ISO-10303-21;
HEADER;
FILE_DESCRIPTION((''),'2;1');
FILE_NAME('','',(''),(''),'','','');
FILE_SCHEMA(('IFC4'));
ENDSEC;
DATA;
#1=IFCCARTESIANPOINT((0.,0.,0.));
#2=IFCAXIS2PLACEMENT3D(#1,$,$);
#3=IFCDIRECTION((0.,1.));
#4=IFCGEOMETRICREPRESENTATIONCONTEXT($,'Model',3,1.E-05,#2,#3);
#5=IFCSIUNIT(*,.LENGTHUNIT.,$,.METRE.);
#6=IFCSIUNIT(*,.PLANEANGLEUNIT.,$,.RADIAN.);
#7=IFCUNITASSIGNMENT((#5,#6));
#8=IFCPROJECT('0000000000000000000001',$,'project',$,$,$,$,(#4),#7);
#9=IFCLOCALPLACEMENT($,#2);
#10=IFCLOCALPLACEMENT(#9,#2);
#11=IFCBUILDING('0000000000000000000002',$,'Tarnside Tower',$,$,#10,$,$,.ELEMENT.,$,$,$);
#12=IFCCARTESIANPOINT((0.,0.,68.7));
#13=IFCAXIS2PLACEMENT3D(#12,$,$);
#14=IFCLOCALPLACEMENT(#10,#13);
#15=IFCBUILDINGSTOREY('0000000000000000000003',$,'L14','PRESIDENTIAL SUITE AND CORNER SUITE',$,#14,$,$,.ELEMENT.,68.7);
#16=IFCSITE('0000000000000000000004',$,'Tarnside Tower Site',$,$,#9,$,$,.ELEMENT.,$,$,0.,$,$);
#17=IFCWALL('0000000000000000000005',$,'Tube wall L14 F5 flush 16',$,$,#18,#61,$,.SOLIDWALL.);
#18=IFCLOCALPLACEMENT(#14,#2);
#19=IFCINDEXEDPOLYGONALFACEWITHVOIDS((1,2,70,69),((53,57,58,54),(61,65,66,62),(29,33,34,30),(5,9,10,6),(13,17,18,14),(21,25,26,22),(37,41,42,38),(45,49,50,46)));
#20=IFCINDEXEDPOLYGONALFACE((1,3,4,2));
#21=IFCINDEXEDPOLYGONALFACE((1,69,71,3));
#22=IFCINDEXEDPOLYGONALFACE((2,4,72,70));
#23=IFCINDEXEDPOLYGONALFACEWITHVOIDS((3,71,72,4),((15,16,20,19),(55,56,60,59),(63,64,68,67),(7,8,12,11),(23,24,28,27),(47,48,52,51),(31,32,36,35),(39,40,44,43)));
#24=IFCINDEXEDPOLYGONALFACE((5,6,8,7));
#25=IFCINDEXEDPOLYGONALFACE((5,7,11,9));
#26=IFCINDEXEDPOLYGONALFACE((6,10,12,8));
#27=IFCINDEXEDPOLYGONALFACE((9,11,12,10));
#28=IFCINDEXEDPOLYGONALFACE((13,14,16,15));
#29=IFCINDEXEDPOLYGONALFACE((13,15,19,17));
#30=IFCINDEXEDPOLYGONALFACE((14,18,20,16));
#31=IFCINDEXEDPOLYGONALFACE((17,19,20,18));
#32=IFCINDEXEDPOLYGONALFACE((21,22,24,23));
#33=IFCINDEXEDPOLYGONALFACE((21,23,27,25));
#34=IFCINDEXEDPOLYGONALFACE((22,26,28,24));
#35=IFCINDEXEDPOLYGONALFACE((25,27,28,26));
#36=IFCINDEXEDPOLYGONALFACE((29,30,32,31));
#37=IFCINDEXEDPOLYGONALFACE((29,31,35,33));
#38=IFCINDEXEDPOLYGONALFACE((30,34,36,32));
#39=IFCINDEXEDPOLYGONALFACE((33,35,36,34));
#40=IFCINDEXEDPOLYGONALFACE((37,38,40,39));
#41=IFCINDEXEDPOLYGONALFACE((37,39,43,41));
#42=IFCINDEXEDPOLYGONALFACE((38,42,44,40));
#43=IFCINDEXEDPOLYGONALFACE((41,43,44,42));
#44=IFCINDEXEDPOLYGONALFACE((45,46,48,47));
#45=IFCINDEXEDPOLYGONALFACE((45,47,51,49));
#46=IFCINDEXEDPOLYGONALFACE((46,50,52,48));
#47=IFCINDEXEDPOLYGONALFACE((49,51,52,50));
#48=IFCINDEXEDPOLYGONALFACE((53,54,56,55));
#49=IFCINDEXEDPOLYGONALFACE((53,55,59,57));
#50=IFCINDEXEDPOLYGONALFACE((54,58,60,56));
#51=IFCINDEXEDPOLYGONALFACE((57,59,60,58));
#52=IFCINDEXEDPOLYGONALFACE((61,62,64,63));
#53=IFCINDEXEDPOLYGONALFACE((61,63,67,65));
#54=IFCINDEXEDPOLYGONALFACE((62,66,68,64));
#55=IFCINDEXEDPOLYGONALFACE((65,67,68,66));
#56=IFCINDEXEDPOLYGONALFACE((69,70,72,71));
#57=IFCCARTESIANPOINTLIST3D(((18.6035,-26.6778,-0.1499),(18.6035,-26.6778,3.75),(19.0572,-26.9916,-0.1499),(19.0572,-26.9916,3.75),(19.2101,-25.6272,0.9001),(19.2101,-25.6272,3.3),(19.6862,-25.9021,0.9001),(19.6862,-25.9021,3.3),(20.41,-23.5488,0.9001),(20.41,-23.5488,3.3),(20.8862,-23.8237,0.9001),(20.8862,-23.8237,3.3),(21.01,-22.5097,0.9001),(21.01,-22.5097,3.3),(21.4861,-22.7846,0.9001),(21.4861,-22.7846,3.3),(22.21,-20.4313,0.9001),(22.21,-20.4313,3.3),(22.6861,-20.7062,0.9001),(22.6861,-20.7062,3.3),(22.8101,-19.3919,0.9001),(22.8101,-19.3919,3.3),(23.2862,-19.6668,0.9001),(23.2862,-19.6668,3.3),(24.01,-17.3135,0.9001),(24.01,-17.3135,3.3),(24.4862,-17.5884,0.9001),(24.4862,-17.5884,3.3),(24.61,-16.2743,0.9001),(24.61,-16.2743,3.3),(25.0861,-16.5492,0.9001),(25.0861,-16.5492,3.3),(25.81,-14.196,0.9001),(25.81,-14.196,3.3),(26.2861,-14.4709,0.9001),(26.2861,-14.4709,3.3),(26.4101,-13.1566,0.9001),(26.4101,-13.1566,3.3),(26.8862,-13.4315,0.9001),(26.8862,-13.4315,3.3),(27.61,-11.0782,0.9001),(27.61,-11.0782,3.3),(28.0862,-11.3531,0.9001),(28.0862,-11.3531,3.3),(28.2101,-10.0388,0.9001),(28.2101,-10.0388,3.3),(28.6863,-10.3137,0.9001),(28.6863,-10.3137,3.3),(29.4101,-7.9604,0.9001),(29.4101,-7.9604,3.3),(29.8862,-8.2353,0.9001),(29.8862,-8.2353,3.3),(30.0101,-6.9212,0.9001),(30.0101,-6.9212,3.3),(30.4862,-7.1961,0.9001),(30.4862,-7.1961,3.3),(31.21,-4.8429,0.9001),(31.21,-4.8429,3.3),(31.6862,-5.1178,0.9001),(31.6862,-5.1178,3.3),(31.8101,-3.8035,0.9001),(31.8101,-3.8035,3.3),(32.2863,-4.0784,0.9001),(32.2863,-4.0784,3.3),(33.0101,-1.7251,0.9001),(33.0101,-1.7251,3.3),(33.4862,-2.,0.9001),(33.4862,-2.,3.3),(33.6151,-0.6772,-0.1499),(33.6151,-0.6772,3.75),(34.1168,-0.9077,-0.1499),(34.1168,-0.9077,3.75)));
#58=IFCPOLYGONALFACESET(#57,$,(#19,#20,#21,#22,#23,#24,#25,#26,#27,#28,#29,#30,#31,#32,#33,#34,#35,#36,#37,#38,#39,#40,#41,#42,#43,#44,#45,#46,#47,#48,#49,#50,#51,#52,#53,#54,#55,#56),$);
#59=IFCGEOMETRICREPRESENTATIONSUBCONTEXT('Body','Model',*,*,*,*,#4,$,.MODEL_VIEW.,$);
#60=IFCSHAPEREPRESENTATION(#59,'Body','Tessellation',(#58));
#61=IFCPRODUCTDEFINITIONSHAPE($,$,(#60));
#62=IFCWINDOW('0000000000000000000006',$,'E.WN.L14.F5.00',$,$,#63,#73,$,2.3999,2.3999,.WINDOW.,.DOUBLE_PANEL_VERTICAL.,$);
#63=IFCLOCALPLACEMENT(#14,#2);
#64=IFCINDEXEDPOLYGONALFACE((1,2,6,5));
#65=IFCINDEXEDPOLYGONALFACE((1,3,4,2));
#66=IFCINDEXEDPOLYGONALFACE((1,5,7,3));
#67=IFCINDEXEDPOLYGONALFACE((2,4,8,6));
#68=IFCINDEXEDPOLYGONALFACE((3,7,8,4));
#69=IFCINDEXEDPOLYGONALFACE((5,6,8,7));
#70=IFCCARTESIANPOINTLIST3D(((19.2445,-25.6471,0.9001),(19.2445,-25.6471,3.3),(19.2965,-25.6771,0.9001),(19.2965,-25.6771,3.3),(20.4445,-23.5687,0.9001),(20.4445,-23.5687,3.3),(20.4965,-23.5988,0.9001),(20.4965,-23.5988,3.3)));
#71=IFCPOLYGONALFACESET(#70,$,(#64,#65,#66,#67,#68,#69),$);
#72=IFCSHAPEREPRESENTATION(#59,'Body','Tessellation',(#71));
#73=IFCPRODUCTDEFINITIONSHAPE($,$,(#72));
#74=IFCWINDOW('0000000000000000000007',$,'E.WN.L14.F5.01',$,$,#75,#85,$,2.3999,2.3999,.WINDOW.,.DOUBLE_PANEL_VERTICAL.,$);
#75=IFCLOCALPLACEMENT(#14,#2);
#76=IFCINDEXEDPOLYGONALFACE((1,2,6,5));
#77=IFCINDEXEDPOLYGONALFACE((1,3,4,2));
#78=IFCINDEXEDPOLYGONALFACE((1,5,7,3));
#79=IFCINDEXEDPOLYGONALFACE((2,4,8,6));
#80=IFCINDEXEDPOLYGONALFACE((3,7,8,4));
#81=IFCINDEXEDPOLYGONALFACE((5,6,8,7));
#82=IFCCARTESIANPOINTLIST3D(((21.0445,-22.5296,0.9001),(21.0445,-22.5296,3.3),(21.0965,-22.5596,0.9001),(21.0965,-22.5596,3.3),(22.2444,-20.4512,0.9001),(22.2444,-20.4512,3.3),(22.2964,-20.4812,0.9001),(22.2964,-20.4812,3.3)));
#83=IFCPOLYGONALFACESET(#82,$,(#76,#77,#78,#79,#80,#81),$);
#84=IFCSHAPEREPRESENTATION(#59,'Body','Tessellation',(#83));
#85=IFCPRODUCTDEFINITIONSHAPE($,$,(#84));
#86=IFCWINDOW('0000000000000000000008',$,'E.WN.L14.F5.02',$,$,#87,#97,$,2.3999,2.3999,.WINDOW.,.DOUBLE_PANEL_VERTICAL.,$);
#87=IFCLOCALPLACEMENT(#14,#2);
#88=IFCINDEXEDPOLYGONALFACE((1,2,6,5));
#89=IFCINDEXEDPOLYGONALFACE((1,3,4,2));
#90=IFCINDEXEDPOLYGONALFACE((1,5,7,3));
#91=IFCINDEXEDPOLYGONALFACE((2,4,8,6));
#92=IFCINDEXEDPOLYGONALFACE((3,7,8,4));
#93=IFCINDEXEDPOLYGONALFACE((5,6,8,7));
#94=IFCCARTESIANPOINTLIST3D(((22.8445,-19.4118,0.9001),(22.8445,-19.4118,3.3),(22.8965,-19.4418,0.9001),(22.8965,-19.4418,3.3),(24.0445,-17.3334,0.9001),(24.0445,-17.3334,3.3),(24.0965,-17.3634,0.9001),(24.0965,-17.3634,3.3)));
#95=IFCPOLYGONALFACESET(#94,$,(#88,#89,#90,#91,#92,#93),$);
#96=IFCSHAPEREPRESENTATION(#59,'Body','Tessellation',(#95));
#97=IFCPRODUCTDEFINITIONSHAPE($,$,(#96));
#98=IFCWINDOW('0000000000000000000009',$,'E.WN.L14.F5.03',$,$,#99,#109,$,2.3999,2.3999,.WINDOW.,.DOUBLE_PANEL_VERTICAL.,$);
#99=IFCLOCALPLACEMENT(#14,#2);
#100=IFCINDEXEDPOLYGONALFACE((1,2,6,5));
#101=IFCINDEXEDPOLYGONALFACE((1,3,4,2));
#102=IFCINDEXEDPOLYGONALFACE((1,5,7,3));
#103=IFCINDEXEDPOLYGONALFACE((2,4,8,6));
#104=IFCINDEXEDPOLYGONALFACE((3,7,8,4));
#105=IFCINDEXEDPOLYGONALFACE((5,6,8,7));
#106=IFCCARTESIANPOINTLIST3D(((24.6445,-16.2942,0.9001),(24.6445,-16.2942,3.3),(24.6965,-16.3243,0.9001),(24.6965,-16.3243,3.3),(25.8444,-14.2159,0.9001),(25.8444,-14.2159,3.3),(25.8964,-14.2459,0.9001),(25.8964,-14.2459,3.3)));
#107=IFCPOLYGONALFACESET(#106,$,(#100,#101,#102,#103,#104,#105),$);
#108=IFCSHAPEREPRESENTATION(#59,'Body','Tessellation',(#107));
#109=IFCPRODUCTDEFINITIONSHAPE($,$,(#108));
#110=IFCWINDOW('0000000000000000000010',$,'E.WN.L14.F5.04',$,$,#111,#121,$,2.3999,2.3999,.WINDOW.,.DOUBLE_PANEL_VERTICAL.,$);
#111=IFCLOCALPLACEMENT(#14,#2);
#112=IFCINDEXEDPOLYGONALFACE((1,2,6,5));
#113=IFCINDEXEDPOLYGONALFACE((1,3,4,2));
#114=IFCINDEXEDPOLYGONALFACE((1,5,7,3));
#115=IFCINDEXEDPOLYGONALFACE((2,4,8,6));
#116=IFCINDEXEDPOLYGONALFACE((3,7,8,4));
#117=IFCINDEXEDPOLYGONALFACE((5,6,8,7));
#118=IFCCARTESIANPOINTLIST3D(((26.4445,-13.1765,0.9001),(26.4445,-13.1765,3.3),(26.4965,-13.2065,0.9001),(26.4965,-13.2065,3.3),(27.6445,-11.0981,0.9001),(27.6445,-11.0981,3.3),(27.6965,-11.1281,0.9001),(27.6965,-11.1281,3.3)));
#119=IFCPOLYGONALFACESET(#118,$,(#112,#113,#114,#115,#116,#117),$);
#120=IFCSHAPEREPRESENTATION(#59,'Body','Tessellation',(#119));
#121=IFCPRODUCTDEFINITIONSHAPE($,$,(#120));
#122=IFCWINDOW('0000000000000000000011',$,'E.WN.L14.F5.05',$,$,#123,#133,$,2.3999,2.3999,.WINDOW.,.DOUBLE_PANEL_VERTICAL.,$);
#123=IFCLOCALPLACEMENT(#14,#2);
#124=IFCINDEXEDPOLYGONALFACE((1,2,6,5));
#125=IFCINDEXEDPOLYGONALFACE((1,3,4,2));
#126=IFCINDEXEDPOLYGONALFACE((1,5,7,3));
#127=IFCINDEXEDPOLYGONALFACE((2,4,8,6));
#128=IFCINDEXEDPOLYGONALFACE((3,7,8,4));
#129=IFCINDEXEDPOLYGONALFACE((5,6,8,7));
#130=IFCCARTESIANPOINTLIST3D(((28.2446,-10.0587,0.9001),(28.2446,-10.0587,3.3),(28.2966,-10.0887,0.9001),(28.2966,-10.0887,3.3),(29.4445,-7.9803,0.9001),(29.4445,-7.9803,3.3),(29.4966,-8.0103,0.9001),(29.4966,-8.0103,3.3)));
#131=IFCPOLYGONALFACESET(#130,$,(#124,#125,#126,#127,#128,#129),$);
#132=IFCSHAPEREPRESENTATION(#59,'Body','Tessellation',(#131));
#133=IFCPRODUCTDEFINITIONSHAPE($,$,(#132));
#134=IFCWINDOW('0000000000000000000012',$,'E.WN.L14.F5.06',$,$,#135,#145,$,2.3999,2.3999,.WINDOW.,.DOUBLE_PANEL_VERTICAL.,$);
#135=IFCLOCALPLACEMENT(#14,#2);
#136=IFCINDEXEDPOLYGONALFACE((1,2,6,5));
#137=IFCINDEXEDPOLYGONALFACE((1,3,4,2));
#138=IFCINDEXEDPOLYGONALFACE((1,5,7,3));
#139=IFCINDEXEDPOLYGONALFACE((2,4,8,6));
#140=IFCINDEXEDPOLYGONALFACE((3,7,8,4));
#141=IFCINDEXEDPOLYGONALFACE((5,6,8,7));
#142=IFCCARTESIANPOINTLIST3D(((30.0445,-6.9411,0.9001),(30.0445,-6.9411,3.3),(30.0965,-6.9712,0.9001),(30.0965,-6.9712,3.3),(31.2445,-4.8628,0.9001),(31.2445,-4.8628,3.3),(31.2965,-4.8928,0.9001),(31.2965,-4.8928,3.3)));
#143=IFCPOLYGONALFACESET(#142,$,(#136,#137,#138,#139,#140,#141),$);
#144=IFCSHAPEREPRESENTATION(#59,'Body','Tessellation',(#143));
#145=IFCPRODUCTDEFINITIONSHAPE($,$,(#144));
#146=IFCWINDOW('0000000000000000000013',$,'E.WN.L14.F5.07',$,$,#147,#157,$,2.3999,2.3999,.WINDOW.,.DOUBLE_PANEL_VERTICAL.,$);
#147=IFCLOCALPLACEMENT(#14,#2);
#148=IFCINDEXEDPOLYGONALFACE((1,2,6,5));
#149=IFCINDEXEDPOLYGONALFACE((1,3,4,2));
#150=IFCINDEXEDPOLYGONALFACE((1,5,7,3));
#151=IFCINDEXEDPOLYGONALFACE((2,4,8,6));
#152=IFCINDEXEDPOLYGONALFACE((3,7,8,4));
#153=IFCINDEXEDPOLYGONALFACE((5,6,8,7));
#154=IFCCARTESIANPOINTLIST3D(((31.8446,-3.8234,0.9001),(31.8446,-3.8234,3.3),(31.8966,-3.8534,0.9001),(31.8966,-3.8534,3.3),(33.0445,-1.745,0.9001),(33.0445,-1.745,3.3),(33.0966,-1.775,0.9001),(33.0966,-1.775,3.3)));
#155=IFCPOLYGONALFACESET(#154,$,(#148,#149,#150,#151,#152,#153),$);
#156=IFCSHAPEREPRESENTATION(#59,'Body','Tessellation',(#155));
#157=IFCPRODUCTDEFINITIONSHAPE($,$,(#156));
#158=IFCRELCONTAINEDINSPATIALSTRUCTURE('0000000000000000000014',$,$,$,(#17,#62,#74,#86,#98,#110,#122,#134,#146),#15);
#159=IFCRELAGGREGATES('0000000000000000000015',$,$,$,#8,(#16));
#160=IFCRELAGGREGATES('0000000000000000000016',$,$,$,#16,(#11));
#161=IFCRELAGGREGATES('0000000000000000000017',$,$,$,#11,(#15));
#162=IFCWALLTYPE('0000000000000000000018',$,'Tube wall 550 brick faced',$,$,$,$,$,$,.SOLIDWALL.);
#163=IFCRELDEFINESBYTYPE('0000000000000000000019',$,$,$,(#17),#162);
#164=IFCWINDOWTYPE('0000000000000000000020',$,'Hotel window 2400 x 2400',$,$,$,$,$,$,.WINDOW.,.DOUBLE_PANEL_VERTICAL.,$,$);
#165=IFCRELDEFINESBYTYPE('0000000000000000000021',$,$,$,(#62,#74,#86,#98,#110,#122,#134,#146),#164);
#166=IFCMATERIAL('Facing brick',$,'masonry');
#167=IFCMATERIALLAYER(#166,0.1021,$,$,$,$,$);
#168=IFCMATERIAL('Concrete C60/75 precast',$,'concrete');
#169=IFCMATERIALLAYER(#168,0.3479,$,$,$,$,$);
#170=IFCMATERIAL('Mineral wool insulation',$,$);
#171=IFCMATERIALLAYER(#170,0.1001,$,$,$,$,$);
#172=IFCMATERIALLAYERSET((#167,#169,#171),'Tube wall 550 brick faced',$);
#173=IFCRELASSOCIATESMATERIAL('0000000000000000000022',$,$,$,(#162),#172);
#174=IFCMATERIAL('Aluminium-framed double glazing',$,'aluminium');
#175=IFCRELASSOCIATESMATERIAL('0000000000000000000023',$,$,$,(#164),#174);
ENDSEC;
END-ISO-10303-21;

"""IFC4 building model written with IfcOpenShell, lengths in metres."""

from ifc_helpers import new_model, si_unit, direction, frame, frame_2d, origin, place, context, subcontext, project, spatial, polyline, rectangle, outline, extrude, material, layer, layer_set, type_object, element, fill, save


model = new_model("IFC4")

# Units and contexts
model_context = context("Model", 3, precision=1e-05, world=origin(), true_north=direction((0.0, 1.0)))
body_context = subcontext(model_context, "Body", "Model", "MODEL_VIEW")
ifc_project = project(units=[si_unit("LENGTHUNIT", "METRE"), si_unit("PLANEANGLEUNIT", "RADIAN")], contexts=[model_context])

# Site, building, storey
site_placement = place(None, origin())
site = spatial("IfcSite", under=ifc_project, at=site_placement, Name="Tarnside Tower Site", CompositionType="ELEMENT", RefElevation=0.0)
building_placement = place(site_placement, origin())
building = spatial("IfcBuilding", under=site, at=building_placement, Name="Tarnside Tower", CompositionType="ELEMENT")
storey_placement = place(building_placement, frame((0.0, 0.0, 68.7)))
storey = spatial("IfcBuildingStorey", under=building, at=storey_placement, Name="L14", Description="PRESIDENTIAL SUITE AND CORNER SUITE", CompositionType="ELEMENT", Elevation=68.7)

# Shared definitions
ifc_material_1 = material(Name="Facing brick", Category="masonry")
ifc_layer_1 = layer(ifc_material_1, 0.1021)
ifc_material_2 = material(Name="Concrete C60/75 precast", Category="concrete")
ifc_layer_2 = layer(ifc_material_2, 0.3479)
ifc_material_3 = material(Name="Mineral wool insulation")
ifc_layer_3 = layer(ifc_material_3, 0.1001)
ifc_layer_set_1 = layer_set([ifc_layer_1, ifc_layer_2, ifc_layer_3], Name="Tube wall 550 brick faced")
wall_type_1 = type_object("IfcWallType", Name="Tube wall 550 brick faced", PredefinedType="SOLIDWALL", material=ifc_layer_set_1)

# Wall, openings, windows
wall_1_placement = place(storey_placement, frame((18.8303, -26.8347, -0.1499), z_axis=(0.0, 0.0, 1.0), x_axis=(0.500004, 0.866023, 0.0)))
wall_1 = element("IfcWall", 1, at=wall_1_placement, inside=storey, type_object=wall_type_1, Name="Tube wall L14 F5 flush 16", PredefinedType="SOLIDWALL", context=body_context, shape_type="SweptSolid", body=[
    extrude(outline(polyline([(-0.0225, -0.2749), (30.0967, -0.2749), (30.0454, 0.2749), (0.0225, 0.2749), (-0.0225, -0.2749)])), origin(), (0.0, 0.0, 1.0), 3.8999),
])
opening_1_placement = place(wall_1_placement, frame((1.2356, 0.0, 1.05)))
opening_1 = element("IfcOpeningElement", 2, at=opening_1_placement, cuts=wall_1, PredefinedType="OPENING", context=body_context, shape_type="SweptSolid", body=[
    extrude(rectangle(XDim=2.3999, YDim=2.3999, at=frame_2d((1.2, 1.2))), frame((0.0, 0.2852, 0.0), z_axis=(0.0, -1.0, 0.0), x_axis=(1.0, 0.0, 0.0)), (0.0, 0.0, 1.0), 0.5701),
])
opening_2_placement = place(wall_1_placement, frame((4.8354, 0.0, 1.05)))
opening_2 = element("IfcOpeningElement", 3, at=opening_2_placement, cuts=wall_1, PredefinedType="OPENING", context=body_context, shape_type="SweptSolid", body=[
    extrude(rectangle(XDim=2.3999, YDim=2.3999, at=frame_2d((1.2, 1.2))), frame((0.0, 0.2852, 0.0), z_axis=(0.0, -1.0, 0.0), x_axis=(1.0, 0.0, 0.0)), (0.0, 0.0, 1.0), 0.5701),
])
opening_3_placement = place(wall_1_placement, frame((8.4355, 0.0, 1.05)))
opening_3 = element("IfcOpeningElement", 4, at=opening_3_placement, cuts=wall_1, PredefinedType="OPENING", context=body_context, shape_type="SweptSolid", body=[
    extrude(rectangle(XDim=2.3999, YDim=2.3999, at=frame_2d((1.2, 1.2))), frame((0.0, 0.2852, 0.0), z_axis=(0.0, -1.0, 0.0), x_axis=(1.0, 0.0, 0.0)), (0.0, 0.0, 1.0), 0.5701),
])
opening_4_placement = place(wall_1_placement, frame((12.0354, 0.0, 1.05)))
opening_4 = element("IfcOpeningElement", 5, at=opening_4_placement, cuts=wall_1, PredefinedType="OPENING", context=body_context, shape_type="SweptSolid", body=[
    extrude(rectangle(XDim=2.3999, YDim=2.3999, at=frame_2d((1.2, 1.2))), frame((0.0, 0.2852, 0.0), z_axis=(0.0, -1.0, 0.0), x_axis=(1.0, 0.0, 0.0)), (0.0, 0.0, 1.0), 0.5701),
])
opening_5_placement = place(wall_1_placement, frame((15.6355, 0.0, 1.05)))
opening_5 = element("IfcOpeningElement", 6, at=opening_5_placement, cuts=wall_1, PredefinedType="OPENING", context=body_context, shape_type="SweptSolid", body=[
    extrude(rectangle(XDim=2.3999, YDim=2.3999, at=frame_2d((1.2, 1.2))), frame((0.0, 0.2852, 0.0), z_axis=(0.0, -1.0, 0.0), x_axis=(1.0, 0.0, 0.0)), (0.0, 0.0, 1.0), 0.5701),
])
opening_6_placement = place(wall_1_placement, frame((19.2356, 0.0, 1.05)))
opening_6 = element("IfcOpeningElement", 7, at=opening_6_placement, cuts=wall_1, PredefinedType="OPENING", context=body_context, shape_type="SweptSolid", body=[
    extrude(rectangle(XDim=2.3999, YDim=2.3999, at=frame_2d((1.2, 1.2))), frame((0.0, 0.2852, 0.0), z_axis=(0.0, -1.0, 0.0), x_axis=(1.0, 0.0, 0.0)), (0.0, 0.0, 1.0), 0.5701),
])
opening_7_placement = place(wall_1_placement, frame((22.8354, 0.0, 1.05)))
opening_7 = element("IfcOpeningElement", 8, at=opening_7_placement, cuts=wall_1, PredefinedType="OPENING", context=body_context, shape_type="SweptSolid", body=[
    extrude(rectangle(XDim=2.3999, YDim=2.3999, at=frame_2d((1.2, 1.2))), frame((0.0, 0.2852, 0.0), z_axis=(0.0, -1.0, 0.0), x_axis=(1.0, 0.0, 0.0)), (0.0, 0.0, 1.0), 0.5701),
])
opening_8_placement = place(wall_1_placement, frame((26.4355, 0.0, 1.05)))
opening_8 = element("IfcOpeningElement", 9, at=opening_8_placement, cuts=wall_1, PredefinedType="OPENING", context=body_context, shape_type="SweptSolid", body=[
    extrude(rectangle(XDim=2.3999, YDim=2.3999, at=frame_2d((1.2, 1.2))), frame((0.0, 0.2852, 0.0), z_axis=(0.0, -1.0, 0.0), x_axis=(1.0, 0.0, 0.0)), (0.0, 0.0, 1.0), 0.5701),
])
ifc_material_4 = material(Name="Aluminium-framed double glazing", Category="aluminium")
window_type = type_object("IfcWindowType", Name="Hotel window 2400 x 2400", PartitioningType="DOUBLE_PANEL_VERTICAL", PredefinedType="WINDOW", material=ifc_material_4)
window_1_placement = place(opening_1_placement, frame((0.0, 0.2051, 0.0)))
window_1 = element("IfcWindow", 10, at=window_1_placement, inside=storey, type_object=window_type, Name="E.WN.L14.F5.00", OverallHeight=2.3999, OverallWidth=2.3999, PartitioningType="DOUBLE_PANEL_VERTICAL", PredefinedType="WINDOW", context=body_context, shape_type="SweptSolid", body=[
    extrude(rectangle(XDim=2.3999, YDim=2.3999, at=frame_2d((1.2, 1.2))), frame((0.0, 0.03, 0.0), z_axis=(0.0, -1.0, 0.0), x_axis=(1.0, 0.0, 0.0)), (0.0, 0.0, 1.0), 0.0601),
])
fill(opening_1, window_1)
window_2_placement = place(opening_2_placement, frame((0.0, 0.2051, 0.0)))
window_2 = element("IfcWindow", 11, at=window_2_placement, inside=storey, type_object=window_type, Name="E.WN.L14.F5.01", OverallHeight=2.3999, OverallWidth=2.3999, PartitioningType="DOUBLE_PANEL_VERTICAL", PredefinedType="WINDOW", context=body_context, shape_type="SweptSolid", body=[
    extrude(rectangle(XDim=2.3999, YDim=2.3999, at=frame_2d((1.2, 1.2))), frame((0.0, 0.03, 0.0), z_axis=(0.0, -1.0, 0.0), x_axis=(1.0, 0.0, 0.0)), (0.0, 0.0, 1.0), 0.0601),
])
fill(opening_2, window_2)
window_3_placement = place(opening_3_placement, frame((0.0, 0.2051, 0.0)))
window_3 = element("IfcWindow", 12, at=window_3_placement, inside=storey, type_object=window_type, Name="E.WN.L14.F5.02", OverallHeight=2.3999, OverallWidth=2.3999, PartitioningType="DOUBLE_PANEL_VERTICAL", PredefinedType="WINDOW", context=body_context, shape_type="SweptSolid", body=[
    extrude(rectangle(XDim=2.3999, YDim=2.3999, at=frame_2d((1.2, 1.2))), frame((0.0, 0.03, 0.0), z_axis=(0.0, -1.0, 0.0), x_axis=(1.0, 0.0, 0.0)), (0.0, 0.0, 1.0), 0.0601),
])
fill(opening_3, window_3)
window_4_placement = place(opening_4_placement, frame((0.0, 0.2051, 0.0)))
window_4 = element("IfcWindow", 13, at=window_4_placement, inside=storey, type_object=window_type, Name="E.WN.L14.F5.03", OverallHeight=2.3999, OverallWidth=2.3999, PartitioningType="DOUBLE_PANEL_VERTICAL", PredefinedType="WINDOW", context=body_context, shape_type="SweptSolid", body=[
    extrude(rectangle(XDim=2.3999, YDim=2.3999, at=frame_2d((1.2, 1.2))), frame((0.0, 0.03, 0.0), z_axis=(0.0, -1.0, 0.0), x_axis=(1.0, 0.0, 0.0)), (0.0, 0.0, 1.0), 0.0601),
])
fill(opening_4, window_4)
window_5_placement = place(opening_5_placement, frame((0.0, 0.2051, 0.0)))
window_5 = element("IfcWindow", 14, at=window_5_placement, inside=storey, type_object=window_type, Name="E.WN.L14.F5.04", OverallHeight=2.3999, OverallWidth=2.3999, PartitioningType="DOUBLE_PANEL_VERTICAL", PredefinedType="WINDOW", context=body_context, shape_type="SweptSolid", body=[
    extrude(rectangle(XDim=2.3999, YDim=2.3999, at=frame_2d((1.2, 1.2))), frame((0.0, 0.03, 0.0), z_axis=(0.0, -1.0, 0.0), x_axis=(1.0, 0.0, 0.0)), (0.0, 0.0, 1.0), 0.0601),
])
fill(opening_5, window_5)
window_6_placement = place(opening_6_placement, frame((0.0, 0.2051, 0.0)))
window_6 = element("IfcWindow", 15, at=window_6_placement, inside=storey, type_object=window_type, Name="E.WN.L14.F5.05", OverallHeight=2.3999, OverallWidth=2.3999, PartitioningType="DOUBLE_PANEL_VERTICAL", PredefinedType="WINDOW", context=body_context, shape_type="SweptSolid", body=[
    extrude(rectangle(XDim=2.3999, YDim=2.3999, at=frame_2d((1.2, 1.2))), frame((0.0, 0.03, 0.0), z_axis=(0.0, -1.0, 0.0), x_axis=(1.0, 0.0, 0.0)), (0.0, 0.0, 1.0), 0.0601),
])
fill(opening_6, window_6)
window_7_placement = place(opening_7_placement, frame((0.0, 0.2051, 0.0)))
window_7 = element("IfcWindow", 16, at=window_7_placement, inside=storey, type_object=window_type, Name="E.WN.L14.F5.06", OverallHeight=2.3999, OverallWidth=2.3999, PartitioningType="DOUBLE_PANEL_VERTICAL", PredefinedType="WINDOW", context=body_context, shape_type="SweptSolid", body=[
    extrude(rectangle(XDim=2.3999, YDim=2.3999, at=frame_2d((1.2, 1.2))), frame((0.0, 0.03, 0.0), z_axis=(0.0, -1.0, 0.0), x_axis=(1.0, 0.0, 0.0)), (0.0, 0.0, 1.0), 0.0601),
])
fill(opening_7, window_7)
window_8_placement = place(opening_8_placement, frame((0.0, 0.2051, 0.0)))
window_8 = element("IfcWindow", 17, at=window_8_placement, inside=storey, type_object=window_type, Name="E.WN.L14.F5.07", OverallHeight=2.3999, OverallWidth=2.3999, PartitioningType="DOUBLE_PANEL_VERTICAL", PredefinedType="WINDOW", context=body_context, shape_type="SweptSolid", body=[
    extrude(rectangle(XDim=2.3999, YDim=2.3999, at=frame_2d((1.2, 1.2))), frame((0.0, 0.03, 0.0), z_axis=(0.0, -1.0, 0.0), x_axis=(1.0, 0.0, 0.0)), (0.0, 0.0, 1.0), 0.0601),
])
fill(opening_8, window_8)

save(model, "model.ifc")
